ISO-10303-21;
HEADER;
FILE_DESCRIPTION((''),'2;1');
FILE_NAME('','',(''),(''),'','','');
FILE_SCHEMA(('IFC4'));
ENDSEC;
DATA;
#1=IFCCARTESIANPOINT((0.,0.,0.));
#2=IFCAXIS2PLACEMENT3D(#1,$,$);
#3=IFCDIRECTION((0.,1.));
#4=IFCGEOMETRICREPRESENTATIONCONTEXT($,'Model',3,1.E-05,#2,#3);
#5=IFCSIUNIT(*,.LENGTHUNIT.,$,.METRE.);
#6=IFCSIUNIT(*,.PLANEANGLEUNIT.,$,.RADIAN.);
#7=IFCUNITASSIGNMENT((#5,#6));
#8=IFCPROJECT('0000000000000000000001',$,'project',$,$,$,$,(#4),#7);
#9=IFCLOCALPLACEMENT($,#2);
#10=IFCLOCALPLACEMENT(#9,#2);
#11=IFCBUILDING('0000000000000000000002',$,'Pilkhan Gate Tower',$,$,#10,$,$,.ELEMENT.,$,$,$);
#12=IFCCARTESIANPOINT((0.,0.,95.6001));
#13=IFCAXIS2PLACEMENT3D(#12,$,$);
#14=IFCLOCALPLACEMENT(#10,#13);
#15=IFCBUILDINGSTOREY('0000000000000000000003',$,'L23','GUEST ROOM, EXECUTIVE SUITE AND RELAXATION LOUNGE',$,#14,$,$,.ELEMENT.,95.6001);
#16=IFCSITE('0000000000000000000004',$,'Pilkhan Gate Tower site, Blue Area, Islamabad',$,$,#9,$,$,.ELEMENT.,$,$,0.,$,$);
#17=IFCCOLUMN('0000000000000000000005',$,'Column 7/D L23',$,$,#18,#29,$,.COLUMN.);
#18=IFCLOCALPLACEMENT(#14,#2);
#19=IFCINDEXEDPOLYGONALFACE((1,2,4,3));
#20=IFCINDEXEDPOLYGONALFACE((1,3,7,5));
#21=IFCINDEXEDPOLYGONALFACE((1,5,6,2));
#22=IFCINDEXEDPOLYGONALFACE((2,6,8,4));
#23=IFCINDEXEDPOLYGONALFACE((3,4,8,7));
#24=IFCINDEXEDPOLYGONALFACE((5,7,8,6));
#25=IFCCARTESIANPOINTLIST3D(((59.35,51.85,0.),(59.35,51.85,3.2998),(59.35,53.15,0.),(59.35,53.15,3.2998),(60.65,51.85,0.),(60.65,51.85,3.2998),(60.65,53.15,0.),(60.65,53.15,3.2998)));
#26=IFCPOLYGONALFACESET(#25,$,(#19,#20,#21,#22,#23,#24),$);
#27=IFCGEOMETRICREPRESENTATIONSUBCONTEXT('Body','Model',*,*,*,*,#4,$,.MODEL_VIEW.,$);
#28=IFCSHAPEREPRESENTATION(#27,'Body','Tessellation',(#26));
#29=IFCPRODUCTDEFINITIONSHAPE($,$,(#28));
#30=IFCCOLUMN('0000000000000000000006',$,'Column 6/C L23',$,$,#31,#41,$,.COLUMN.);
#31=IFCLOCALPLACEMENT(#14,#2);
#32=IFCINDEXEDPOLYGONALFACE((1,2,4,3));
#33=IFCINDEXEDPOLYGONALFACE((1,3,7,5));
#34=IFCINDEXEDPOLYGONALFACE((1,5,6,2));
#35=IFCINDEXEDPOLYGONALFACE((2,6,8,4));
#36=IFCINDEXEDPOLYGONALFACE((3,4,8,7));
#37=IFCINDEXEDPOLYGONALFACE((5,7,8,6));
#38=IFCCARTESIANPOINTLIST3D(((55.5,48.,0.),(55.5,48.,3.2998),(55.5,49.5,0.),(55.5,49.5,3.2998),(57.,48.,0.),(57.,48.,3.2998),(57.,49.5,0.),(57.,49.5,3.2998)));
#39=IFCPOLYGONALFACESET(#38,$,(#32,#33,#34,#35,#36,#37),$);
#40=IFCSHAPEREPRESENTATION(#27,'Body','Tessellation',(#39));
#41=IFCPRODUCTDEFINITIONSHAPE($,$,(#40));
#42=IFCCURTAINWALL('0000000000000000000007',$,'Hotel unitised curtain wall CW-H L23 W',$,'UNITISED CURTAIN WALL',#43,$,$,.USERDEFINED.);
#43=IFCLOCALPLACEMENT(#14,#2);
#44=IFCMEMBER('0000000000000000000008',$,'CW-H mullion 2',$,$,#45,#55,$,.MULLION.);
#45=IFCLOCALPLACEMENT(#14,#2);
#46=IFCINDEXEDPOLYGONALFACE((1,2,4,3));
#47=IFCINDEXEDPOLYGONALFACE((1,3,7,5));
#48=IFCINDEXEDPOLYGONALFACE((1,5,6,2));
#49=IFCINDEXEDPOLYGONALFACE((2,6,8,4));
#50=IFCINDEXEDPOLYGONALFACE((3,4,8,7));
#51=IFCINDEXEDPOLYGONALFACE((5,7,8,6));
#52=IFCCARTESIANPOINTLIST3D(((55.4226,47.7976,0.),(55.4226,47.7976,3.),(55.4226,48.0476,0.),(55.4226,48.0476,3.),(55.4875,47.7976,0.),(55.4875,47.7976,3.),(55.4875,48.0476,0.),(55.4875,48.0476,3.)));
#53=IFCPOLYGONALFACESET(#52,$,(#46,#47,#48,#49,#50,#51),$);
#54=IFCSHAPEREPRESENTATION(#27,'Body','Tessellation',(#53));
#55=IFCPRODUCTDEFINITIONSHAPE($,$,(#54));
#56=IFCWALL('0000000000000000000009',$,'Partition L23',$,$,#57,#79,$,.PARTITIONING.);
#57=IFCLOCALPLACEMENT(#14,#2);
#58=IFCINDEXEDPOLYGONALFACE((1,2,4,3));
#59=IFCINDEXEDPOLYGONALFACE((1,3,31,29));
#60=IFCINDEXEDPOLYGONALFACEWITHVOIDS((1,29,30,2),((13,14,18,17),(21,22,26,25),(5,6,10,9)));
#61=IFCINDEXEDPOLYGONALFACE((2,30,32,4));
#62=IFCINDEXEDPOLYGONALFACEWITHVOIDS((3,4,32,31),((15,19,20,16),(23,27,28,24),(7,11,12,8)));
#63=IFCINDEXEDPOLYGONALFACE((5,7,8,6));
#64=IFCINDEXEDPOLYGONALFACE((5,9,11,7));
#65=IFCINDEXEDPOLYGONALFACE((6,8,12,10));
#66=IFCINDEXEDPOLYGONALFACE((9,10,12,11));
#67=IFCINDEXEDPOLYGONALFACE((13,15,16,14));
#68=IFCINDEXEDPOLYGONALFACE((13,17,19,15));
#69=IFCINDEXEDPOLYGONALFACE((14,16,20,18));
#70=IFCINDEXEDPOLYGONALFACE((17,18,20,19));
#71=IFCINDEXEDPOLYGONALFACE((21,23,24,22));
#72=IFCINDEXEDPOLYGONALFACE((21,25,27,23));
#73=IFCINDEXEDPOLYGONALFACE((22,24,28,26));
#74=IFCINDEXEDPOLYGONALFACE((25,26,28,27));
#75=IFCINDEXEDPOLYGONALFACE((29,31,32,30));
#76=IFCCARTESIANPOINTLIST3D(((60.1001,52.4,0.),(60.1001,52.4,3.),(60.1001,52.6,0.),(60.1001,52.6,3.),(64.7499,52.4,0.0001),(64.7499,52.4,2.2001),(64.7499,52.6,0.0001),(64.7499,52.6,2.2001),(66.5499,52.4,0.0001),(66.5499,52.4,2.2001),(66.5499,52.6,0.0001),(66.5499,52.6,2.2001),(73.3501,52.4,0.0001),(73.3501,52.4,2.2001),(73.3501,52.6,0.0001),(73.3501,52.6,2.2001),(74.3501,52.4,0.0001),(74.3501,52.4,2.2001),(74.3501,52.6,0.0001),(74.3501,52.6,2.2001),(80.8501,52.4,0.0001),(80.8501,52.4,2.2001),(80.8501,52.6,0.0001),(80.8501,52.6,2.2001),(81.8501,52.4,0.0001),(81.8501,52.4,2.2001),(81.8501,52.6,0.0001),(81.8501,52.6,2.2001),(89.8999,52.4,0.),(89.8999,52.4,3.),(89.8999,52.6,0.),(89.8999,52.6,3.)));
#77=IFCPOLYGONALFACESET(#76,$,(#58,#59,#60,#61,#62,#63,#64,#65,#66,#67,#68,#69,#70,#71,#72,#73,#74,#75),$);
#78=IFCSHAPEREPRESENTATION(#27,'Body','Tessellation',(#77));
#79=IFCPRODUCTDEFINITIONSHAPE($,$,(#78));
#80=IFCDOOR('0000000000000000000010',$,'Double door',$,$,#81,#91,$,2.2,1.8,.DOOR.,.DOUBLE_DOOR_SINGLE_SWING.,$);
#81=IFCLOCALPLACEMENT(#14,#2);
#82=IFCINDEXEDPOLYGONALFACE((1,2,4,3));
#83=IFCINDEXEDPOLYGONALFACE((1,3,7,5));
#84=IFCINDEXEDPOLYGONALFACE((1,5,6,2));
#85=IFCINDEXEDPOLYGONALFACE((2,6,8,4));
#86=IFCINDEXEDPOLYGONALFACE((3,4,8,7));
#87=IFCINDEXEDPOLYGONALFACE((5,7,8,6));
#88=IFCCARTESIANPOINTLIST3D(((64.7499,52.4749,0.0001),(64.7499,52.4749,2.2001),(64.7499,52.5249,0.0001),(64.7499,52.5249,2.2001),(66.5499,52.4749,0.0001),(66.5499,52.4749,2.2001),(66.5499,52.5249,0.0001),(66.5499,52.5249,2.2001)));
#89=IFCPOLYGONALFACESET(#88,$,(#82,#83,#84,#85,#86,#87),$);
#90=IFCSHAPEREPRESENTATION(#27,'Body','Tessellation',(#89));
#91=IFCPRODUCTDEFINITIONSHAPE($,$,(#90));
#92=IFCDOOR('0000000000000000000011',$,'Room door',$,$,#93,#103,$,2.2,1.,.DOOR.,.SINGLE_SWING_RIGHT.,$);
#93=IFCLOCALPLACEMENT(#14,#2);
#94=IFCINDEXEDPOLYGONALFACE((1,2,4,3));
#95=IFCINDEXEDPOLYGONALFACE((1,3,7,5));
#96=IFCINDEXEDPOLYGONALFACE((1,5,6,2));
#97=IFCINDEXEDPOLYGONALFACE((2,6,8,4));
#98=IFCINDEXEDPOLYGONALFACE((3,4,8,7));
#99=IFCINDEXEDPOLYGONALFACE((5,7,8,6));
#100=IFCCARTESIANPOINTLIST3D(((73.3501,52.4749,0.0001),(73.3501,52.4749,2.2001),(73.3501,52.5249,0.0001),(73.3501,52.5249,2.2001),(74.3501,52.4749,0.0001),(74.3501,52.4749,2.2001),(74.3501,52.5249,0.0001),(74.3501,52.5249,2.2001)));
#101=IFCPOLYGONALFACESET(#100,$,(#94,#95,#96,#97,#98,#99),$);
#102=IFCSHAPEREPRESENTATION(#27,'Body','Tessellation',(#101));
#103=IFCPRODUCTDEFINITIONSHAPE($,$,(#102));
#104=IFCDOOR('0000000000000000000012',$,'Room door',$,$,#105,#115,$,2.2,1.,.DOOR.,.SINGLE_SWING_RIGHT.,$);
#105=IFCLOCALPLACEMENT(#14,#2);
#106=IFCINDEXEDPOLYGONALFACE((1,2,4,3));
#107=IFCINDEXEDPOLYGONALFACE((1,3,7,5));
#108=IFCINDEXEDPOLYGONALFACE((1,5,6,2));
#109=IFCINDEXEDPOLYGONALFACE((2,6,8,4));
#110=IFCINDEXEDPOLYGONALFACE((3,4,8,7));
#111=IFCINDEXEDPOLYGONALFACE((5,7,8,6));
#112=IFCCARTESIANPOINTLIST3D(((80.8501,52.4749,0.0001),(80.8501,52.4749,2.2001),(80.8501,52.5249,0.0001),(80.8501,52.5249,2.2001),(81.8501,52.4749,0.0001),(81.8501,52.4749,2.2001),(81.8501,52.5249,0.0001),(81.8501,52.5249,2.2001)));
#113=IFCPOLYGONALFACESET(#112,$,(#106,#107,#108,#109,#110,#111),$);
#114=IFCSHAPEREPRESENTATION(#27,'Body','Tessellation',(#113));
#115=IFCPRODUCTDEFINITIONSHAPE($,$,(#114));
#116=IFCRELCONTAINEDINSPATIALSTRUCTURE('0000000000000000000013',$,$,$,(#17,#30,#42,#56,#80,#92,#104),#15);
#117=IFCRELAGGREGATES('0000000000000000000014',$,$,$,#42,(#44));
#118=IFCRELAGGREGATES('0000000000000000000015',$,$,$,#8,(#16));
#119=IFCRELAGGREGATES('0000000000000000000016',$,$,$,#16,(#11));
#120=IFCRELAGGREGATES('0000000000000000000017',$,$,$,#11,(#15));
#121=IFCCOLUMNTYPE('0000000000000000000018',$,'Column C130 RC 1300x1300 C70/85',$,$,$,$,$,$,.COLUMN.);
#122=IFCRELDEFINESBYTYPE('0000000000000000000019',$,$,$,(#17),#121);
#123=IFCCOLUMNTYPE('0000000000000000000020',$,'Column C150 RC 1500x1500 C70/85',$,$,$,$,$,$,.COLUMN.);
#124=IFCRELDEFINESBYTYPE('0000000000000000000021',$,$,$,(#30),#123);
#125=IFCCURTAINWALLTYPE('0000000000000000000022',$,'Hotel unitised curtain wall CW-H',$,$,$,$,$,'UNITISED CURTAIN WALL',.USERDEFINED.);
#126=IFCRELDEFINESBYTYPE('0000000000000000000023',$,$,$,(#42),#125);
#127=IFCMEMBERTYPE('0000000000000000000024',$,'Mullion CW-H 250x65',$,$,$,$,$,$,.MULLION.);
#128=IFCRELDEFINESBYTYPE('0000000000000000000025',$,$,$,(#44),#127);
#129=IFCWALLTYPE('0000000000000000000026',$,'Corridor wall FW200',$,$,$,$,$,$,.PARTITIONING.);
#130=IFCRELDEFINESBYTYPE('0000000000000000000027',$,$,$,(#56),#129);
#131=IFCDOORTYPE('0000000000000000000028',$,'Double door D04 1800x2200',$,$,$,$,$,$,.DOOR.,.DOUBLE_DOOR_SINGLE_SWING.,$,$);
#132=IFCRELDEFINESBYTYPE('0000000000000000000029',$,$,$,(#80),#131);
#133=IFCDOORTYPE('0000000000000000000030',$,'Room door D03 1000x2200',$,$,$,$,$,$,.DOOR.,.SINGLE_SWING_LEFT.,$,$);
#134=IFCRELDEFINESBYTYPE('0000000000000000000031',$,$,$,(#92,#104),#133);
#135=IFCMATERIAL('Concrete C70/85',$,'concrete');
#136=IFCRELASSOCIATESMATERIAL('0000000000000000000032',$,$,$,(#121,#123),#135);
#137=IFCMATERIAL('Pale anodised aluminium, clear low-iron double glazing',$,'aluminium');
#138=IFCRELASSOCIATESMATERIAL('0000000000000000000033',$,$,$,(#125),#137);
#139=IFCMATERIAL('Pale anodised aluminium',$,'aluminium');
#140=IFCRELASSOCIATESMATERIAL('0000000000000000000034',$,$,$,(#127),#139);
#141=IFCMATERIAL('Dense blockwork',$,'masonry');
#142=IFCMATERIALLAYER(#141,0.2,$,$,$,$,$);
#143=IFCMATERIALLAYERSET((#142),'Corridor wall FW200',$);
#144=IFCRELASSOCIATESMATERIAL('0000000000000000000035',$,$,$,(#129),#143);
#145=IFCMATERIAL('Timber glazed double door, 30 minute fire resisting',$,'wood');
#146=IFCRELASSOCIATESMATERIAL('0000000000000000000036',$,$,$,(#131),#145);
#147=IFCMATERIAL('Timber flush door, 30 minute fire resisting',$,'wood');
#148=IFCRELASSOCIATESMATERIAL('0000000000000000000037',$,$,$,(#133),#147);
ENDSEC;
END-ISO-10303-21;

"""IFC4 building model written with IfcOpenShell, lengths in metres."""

from ifc_helpers import new_model, si_unit, direction, frame, frame_2d, origin, origin_2d, place, context, subcontext, project, spatial, rectangle, extrude, material, layer, layer_set, material_profile, profile_set, type_object, element, fill, aggregate, save


model = new_model("IFC4")

# Units and contexts
model_context = context("Model", 3, precision=1e-05, world=origin(), true_north=direction((0.0, 1.0)))
body_context = subcontext(model_context, "Body", "Model", "MODEL_VIEW")
ifc_project = project(units=[si_unit("LENGTHUNIT", "METRE"), si_unit("PLANEANGLEUNIT", "RADIAN")], contexts=[model_context])

# Site, building, storey
site_placement = place(None, origin())
site = spatial("IfcSite", under=ifc_project, at=site_placement, Name="Pilkhan Gate Tower site, Blue Area, Islamabad", CompositionType="ELEMENT", RefElevation=0.0)
building_placement = place(site_placement, origin())
building = spatial("IfcBuilding", under=site, at=building_placement, Name="Pilkhan Gate Tower", CompositionType="ELEMENT")
storey_placement = place(building_placement, frame((0.0, 0.0, 95.6001)))
storey = spatial("IfcBuildingStorey", under=building, at=storey_placement, Name="L23", Description="GUEST ROOM, EXECUTIVE SUITE AND RELAXATION LOUNGE", CompositionType="ELEMENT", Elevation=95.6001)

# Columns
ifc_material_1 = material(Name="Concrete C70/85", Category="concrete")
ifc_material_profile_1 = material_profile(ifc_material_1, rectangle(XDim=1.3, YDim=1.3, at=origin_2d()), Name="RC 1300x1300")
ifc_profile_set_1 = profile_set([ifc_material_profile_1], Name="Concrete C70/85")
column_type_1 = type_object("IfcColumnType", Name="Column C130 RC 1300x1300 C70/85", PredefinedType="COLUMN", material=ifc_profile_set_1)
column_1_placement = place(storey_placement, frame((60.0, 52.5, 0.0), z_axis=(0.0, 0.0, 1.0), x_axis=(1.0, 0.0, 0.0)))
element("IfcColumn", 1, at=column_1_placement, inside=storey, type_object=column_type_1, Name="Column 7/D L23", PredefinedType="COLUMN", context=body_context, shape_type="SweptSolid", body=[
    extrude(rectangle(XDim=1.3, YDim=1.3, at=origin_2d()), origin(), (0.0, 0.0, 1.0), 3.2998),
])
ifc_material_profile_2 = material_profile(ifc_material_1, rectangle(XDim=1.5, YDim=1.5, at=origin_2d()), Name="RC 1500x1500")
ifc_profile_set_2 = profile_set([ifc_material_profile_2], Name="Concrete C70/85")
column_type_2 = type_object("IfcColumnType", Name="Column C150 RC 1500x1500 C70/85", PredefinedType="COLUMN", material=ifc_profile_set_2)
column_2_placement = place(storey_placement, frame((56.25, 48.75, 0.0), z_axis=(0.0, 0.0, 1.0), x_axis=(1.0, 0.0, 0.0)))
element("IfcColumn", 2, at=column_2_placement, inside=storey, type_object=column_type_2, Name="Column 6/C L23", PredefinedType="COLUMN", context=body_context, shape_type="SweptSolid", body=[
    extrude(rectangle(XDim=1.5, YDim=1.5, at=origin_2d()), origin(), (0.0, 0.0, 1.0), 3.2998),
])

# Curtain wall, member
ifc_material_2 = material(Name="Pale anodised aluminium, clear low-iron double glazing", Category="aluminium")
curtain_wall_type = type_object("IfcCurtainWallType", Name="Hotel unitised curtain wall CW-H", ElementType="UNITISED CURTAIN WALL", PredefinedType="USERDEFINED", material=ifc_material_2)
curtain_wall_placement = place(storey_placement, origin())
curtain_wall = element("IfcCurtainWall", 3, at=curtain_wall_placement, inside=storey, type_object=curtain_wall_type, Name="Hotel unitised curtain wall CW-H L23 W", ObjectType="UNITISED CURTAIN WALL", PredefinedType="USERDEFINED")
ifc_material_3 = material(Name="Pale anodised aluminium", Category="aluminium")
ifc_material_profile_3 = material_profile(ifc_material_3, rectangle(XDim=0.0649, YDim=0.25, at=origin_2d()), Name="Mullion 250x65")
ifc_profile_set_3 = profile_set([ifc_material_profile_3], Name="Pale anodised aluminium")
member_type = type_object("IfcMemberType", Name="Mullion CW-H 250x65", PredefinedType="MULLION", material=ifc_profile_set_3)
member_placement = place(storey_placement, frame((55.4551, 47.9226, 0.0), z_axis=(0.0, 0.0, 1.0), x_axis=(-1.0, 0.0, 0.0)))
member = element("IfcMember", 4, at=member_placement, type_object=member_type, Name="CW-H mullion 2", PredefinedType="MULLION", context=body_context, shape_type="SweptSolid", body=[
    extrude(rectangle(XDim=0.0649, YDim=0.25, at=origin_2d()), origin(), (0.0, 0.0, 1.0), 3.0),
])
aggregate(curtain_wall, [member])

# Wall, openings, doors
ifc_material_4 = material(Name="Dense blockwork", Category="masonry")
ifc_layer_1 = layer(ifc_material_4, 0.2)
ifc_layer_set_1 = layer_set([ifc_layer_1], Name="Corridor wall FW200")
wall_type_1 = type_object("IfcWallType", Name="Corridor wall FW200", PredefinedType="PARTITIONING", material=ifc_layer_set_1)
wall_1_placement = place(storey_placement, frame((60.1001, 52.5, 0.0), z_axis=(0.0, 0.0, 1.0), x_axis=(1.0, 0.0, 0.0)))
wall_1 = element("IfcWall", 5, at=wall_1_placement, inside=storey, type_object=wall_type_1, Name="Partition L23", PredefinedType="PARTITIONING", context=body_context, shape_type="SweptSolid", body=[
    extrude(rectangle(XDim=29.7998, YDim=0.2, at=frame_2d((14.8999, 0.0))), origin(), (0.0, 0.0, 1.0), 3.0),
])
opening_1_placement = place(wall_1_placement, frame((4.6499, 0.0, 0.0)))
opening_1 = element("IfcOpeningElement", 6, at=opening_1_placement, cuts=wall_1, PredefinedType="OPENING", context=body_context, shape_type="SweptSolid", body=[
    extrude(rectangle(XDim=1.8, YDim=2.2, at=frame_2d((0.8999, 1.1001))), frame((0.0, 0.1099, 0.0), z_axis=(0.0, -1.0, 0.0), x_axis=(1.0, 0.0, 0.0)), (0.0, 0.0, 1.0), 0.22),
])
opening_2_placement = place(wall_1_placement, frame((13.25, 0.0, 0.0)))
opening_2 = element("IfcOpeningElement", 7, at=opening_2_placement, cuts=wall_1, PredefinedType="OPENING", context=body_context, shape_type="SweptSolid", body=[
    extrude(rectangle(XDim=1.0, YDim=2.2, at=frame_2d((0.5, 1.1001))), frame((0.0, 0.1099, 0.0), z_axis=(0.0, -1.0, 0.0), x_axis=(1.0, 0.0, 0.0)), (0.0, 0.0, 1.0), 0.22),
])
opening_3_placement = place(wall_1_placement, frame((20.75, 0.0, 0.0)))
opening_3 = element("IfcOpeningElement", 8, at=opening_3_placement, cuts=wall_1, PredefinedType="OPENING", context=body_context, shape_type="SweptSolid", body=[
    extrude(rectangle(XDim=1.0, YDim=2.2, at=frame_2d((0.5, 1.1001))), frame((0.0, 0.1099, 0.0), z_axis=(0.0, -1.0, 0.0), x_axis=(1.0, 0.0, 0.0)), (0.0, 0.0, 1.0), 0.22),
])
ifc_material_5 = material(Name="Timber glazed double door, 30 minute fire resisting", Category="wood")
door_type_1 = type_object("IfcDoorType", Name="Double door D04 1800x2200", OperationType="DOUBLE_DOOR_SINGLE_SWING", PredefinedType="DOOR", material=ifc_material_5)
door_1_placement = place(opening_1_placement, origin())
door_1 = element("IfcDoor", 9, at=door_1_placement, inside=storey, type_object=door_type_1, Name="Double door", OperationType="DOUBLE_DOOR_SINGLE_SWING", OverallHeight=2.2, OverallWidth=1.8, PredefinedType="DOOR", context=body_context, shape_type="SweptSolid", body=[
    extrude(rectangle(XDim=1.8, YDim=2.2, at=frame_2d((0.8999, 1.1001))), frame((0.0, 0.0249, 0.0), z_axis=(0.0, -1.0, 0.0), x_axis=(1.0, 0.0, 0.0)), (0.0, 0.0, 1.0), 0.05),
])
fill(opening_1, door_1)
ifc_material_6 = material(Name="Timber flush door, 30 minute fire resisting", Category="wood")
door_type_2 = type_object("IfcDoorType", Name="Room door D03 1000x2200", OperationType="SINGLE_SWING_LEFT", PredefinedType="DOOR", material=ifc_material_6)
door_2_placement = place(opening_2_placement, origin())
door_2 = element("IfcDoor", 10, at=door_2_placement, inside=storey, type_object=door_type_2, Name="Room door", OperationType="SINGLE_SWING_RIGHT", OverallHeight=2.2, OverallWidth=1.0, PredefinedType="DOOR", context=body_context, shape_type="SweptSolid", body=[
    extrude(rectangle(XDim=1.0, YDim=2.2, at=frame_2d((0.5, 1.1001))), frame((0.0, 0.0249, 0.0), z_axis=(0.0, -1.0, 0.0), x_axis=(1.0, 0.0, 0.0)), (0.0, 0.0, 1.0), 0.05),
])
fill(opening_2, door_2)
door_3_placement = place(opening_3_placement, origin())
door_3 = element("IfcDoor", 11, at=door_3_placement, inside=storey, type_object=door_type_2, Name="Room door", OperationType="SINGLE_SWING_RIGHT", OverallHeight=2.2, OverallWidth=1.0, PredefinedType="DOOR", context=body_context, shape_type="SweptSolid", body=[
    extrude(rectangle(XDim=1.0, YDim=2.2, at=frame_2d((0.5, 1.1001))), frame((0.0, 0.0249, 0.0), z_axis=(0.0, -1.0, 0.0), x_axis=(1.0, 0.0, 0.0)), (0.0, 0.0, 1.0), 0.05),
])
fill(opening_3, door_3)

save(model, "model.ifc")
